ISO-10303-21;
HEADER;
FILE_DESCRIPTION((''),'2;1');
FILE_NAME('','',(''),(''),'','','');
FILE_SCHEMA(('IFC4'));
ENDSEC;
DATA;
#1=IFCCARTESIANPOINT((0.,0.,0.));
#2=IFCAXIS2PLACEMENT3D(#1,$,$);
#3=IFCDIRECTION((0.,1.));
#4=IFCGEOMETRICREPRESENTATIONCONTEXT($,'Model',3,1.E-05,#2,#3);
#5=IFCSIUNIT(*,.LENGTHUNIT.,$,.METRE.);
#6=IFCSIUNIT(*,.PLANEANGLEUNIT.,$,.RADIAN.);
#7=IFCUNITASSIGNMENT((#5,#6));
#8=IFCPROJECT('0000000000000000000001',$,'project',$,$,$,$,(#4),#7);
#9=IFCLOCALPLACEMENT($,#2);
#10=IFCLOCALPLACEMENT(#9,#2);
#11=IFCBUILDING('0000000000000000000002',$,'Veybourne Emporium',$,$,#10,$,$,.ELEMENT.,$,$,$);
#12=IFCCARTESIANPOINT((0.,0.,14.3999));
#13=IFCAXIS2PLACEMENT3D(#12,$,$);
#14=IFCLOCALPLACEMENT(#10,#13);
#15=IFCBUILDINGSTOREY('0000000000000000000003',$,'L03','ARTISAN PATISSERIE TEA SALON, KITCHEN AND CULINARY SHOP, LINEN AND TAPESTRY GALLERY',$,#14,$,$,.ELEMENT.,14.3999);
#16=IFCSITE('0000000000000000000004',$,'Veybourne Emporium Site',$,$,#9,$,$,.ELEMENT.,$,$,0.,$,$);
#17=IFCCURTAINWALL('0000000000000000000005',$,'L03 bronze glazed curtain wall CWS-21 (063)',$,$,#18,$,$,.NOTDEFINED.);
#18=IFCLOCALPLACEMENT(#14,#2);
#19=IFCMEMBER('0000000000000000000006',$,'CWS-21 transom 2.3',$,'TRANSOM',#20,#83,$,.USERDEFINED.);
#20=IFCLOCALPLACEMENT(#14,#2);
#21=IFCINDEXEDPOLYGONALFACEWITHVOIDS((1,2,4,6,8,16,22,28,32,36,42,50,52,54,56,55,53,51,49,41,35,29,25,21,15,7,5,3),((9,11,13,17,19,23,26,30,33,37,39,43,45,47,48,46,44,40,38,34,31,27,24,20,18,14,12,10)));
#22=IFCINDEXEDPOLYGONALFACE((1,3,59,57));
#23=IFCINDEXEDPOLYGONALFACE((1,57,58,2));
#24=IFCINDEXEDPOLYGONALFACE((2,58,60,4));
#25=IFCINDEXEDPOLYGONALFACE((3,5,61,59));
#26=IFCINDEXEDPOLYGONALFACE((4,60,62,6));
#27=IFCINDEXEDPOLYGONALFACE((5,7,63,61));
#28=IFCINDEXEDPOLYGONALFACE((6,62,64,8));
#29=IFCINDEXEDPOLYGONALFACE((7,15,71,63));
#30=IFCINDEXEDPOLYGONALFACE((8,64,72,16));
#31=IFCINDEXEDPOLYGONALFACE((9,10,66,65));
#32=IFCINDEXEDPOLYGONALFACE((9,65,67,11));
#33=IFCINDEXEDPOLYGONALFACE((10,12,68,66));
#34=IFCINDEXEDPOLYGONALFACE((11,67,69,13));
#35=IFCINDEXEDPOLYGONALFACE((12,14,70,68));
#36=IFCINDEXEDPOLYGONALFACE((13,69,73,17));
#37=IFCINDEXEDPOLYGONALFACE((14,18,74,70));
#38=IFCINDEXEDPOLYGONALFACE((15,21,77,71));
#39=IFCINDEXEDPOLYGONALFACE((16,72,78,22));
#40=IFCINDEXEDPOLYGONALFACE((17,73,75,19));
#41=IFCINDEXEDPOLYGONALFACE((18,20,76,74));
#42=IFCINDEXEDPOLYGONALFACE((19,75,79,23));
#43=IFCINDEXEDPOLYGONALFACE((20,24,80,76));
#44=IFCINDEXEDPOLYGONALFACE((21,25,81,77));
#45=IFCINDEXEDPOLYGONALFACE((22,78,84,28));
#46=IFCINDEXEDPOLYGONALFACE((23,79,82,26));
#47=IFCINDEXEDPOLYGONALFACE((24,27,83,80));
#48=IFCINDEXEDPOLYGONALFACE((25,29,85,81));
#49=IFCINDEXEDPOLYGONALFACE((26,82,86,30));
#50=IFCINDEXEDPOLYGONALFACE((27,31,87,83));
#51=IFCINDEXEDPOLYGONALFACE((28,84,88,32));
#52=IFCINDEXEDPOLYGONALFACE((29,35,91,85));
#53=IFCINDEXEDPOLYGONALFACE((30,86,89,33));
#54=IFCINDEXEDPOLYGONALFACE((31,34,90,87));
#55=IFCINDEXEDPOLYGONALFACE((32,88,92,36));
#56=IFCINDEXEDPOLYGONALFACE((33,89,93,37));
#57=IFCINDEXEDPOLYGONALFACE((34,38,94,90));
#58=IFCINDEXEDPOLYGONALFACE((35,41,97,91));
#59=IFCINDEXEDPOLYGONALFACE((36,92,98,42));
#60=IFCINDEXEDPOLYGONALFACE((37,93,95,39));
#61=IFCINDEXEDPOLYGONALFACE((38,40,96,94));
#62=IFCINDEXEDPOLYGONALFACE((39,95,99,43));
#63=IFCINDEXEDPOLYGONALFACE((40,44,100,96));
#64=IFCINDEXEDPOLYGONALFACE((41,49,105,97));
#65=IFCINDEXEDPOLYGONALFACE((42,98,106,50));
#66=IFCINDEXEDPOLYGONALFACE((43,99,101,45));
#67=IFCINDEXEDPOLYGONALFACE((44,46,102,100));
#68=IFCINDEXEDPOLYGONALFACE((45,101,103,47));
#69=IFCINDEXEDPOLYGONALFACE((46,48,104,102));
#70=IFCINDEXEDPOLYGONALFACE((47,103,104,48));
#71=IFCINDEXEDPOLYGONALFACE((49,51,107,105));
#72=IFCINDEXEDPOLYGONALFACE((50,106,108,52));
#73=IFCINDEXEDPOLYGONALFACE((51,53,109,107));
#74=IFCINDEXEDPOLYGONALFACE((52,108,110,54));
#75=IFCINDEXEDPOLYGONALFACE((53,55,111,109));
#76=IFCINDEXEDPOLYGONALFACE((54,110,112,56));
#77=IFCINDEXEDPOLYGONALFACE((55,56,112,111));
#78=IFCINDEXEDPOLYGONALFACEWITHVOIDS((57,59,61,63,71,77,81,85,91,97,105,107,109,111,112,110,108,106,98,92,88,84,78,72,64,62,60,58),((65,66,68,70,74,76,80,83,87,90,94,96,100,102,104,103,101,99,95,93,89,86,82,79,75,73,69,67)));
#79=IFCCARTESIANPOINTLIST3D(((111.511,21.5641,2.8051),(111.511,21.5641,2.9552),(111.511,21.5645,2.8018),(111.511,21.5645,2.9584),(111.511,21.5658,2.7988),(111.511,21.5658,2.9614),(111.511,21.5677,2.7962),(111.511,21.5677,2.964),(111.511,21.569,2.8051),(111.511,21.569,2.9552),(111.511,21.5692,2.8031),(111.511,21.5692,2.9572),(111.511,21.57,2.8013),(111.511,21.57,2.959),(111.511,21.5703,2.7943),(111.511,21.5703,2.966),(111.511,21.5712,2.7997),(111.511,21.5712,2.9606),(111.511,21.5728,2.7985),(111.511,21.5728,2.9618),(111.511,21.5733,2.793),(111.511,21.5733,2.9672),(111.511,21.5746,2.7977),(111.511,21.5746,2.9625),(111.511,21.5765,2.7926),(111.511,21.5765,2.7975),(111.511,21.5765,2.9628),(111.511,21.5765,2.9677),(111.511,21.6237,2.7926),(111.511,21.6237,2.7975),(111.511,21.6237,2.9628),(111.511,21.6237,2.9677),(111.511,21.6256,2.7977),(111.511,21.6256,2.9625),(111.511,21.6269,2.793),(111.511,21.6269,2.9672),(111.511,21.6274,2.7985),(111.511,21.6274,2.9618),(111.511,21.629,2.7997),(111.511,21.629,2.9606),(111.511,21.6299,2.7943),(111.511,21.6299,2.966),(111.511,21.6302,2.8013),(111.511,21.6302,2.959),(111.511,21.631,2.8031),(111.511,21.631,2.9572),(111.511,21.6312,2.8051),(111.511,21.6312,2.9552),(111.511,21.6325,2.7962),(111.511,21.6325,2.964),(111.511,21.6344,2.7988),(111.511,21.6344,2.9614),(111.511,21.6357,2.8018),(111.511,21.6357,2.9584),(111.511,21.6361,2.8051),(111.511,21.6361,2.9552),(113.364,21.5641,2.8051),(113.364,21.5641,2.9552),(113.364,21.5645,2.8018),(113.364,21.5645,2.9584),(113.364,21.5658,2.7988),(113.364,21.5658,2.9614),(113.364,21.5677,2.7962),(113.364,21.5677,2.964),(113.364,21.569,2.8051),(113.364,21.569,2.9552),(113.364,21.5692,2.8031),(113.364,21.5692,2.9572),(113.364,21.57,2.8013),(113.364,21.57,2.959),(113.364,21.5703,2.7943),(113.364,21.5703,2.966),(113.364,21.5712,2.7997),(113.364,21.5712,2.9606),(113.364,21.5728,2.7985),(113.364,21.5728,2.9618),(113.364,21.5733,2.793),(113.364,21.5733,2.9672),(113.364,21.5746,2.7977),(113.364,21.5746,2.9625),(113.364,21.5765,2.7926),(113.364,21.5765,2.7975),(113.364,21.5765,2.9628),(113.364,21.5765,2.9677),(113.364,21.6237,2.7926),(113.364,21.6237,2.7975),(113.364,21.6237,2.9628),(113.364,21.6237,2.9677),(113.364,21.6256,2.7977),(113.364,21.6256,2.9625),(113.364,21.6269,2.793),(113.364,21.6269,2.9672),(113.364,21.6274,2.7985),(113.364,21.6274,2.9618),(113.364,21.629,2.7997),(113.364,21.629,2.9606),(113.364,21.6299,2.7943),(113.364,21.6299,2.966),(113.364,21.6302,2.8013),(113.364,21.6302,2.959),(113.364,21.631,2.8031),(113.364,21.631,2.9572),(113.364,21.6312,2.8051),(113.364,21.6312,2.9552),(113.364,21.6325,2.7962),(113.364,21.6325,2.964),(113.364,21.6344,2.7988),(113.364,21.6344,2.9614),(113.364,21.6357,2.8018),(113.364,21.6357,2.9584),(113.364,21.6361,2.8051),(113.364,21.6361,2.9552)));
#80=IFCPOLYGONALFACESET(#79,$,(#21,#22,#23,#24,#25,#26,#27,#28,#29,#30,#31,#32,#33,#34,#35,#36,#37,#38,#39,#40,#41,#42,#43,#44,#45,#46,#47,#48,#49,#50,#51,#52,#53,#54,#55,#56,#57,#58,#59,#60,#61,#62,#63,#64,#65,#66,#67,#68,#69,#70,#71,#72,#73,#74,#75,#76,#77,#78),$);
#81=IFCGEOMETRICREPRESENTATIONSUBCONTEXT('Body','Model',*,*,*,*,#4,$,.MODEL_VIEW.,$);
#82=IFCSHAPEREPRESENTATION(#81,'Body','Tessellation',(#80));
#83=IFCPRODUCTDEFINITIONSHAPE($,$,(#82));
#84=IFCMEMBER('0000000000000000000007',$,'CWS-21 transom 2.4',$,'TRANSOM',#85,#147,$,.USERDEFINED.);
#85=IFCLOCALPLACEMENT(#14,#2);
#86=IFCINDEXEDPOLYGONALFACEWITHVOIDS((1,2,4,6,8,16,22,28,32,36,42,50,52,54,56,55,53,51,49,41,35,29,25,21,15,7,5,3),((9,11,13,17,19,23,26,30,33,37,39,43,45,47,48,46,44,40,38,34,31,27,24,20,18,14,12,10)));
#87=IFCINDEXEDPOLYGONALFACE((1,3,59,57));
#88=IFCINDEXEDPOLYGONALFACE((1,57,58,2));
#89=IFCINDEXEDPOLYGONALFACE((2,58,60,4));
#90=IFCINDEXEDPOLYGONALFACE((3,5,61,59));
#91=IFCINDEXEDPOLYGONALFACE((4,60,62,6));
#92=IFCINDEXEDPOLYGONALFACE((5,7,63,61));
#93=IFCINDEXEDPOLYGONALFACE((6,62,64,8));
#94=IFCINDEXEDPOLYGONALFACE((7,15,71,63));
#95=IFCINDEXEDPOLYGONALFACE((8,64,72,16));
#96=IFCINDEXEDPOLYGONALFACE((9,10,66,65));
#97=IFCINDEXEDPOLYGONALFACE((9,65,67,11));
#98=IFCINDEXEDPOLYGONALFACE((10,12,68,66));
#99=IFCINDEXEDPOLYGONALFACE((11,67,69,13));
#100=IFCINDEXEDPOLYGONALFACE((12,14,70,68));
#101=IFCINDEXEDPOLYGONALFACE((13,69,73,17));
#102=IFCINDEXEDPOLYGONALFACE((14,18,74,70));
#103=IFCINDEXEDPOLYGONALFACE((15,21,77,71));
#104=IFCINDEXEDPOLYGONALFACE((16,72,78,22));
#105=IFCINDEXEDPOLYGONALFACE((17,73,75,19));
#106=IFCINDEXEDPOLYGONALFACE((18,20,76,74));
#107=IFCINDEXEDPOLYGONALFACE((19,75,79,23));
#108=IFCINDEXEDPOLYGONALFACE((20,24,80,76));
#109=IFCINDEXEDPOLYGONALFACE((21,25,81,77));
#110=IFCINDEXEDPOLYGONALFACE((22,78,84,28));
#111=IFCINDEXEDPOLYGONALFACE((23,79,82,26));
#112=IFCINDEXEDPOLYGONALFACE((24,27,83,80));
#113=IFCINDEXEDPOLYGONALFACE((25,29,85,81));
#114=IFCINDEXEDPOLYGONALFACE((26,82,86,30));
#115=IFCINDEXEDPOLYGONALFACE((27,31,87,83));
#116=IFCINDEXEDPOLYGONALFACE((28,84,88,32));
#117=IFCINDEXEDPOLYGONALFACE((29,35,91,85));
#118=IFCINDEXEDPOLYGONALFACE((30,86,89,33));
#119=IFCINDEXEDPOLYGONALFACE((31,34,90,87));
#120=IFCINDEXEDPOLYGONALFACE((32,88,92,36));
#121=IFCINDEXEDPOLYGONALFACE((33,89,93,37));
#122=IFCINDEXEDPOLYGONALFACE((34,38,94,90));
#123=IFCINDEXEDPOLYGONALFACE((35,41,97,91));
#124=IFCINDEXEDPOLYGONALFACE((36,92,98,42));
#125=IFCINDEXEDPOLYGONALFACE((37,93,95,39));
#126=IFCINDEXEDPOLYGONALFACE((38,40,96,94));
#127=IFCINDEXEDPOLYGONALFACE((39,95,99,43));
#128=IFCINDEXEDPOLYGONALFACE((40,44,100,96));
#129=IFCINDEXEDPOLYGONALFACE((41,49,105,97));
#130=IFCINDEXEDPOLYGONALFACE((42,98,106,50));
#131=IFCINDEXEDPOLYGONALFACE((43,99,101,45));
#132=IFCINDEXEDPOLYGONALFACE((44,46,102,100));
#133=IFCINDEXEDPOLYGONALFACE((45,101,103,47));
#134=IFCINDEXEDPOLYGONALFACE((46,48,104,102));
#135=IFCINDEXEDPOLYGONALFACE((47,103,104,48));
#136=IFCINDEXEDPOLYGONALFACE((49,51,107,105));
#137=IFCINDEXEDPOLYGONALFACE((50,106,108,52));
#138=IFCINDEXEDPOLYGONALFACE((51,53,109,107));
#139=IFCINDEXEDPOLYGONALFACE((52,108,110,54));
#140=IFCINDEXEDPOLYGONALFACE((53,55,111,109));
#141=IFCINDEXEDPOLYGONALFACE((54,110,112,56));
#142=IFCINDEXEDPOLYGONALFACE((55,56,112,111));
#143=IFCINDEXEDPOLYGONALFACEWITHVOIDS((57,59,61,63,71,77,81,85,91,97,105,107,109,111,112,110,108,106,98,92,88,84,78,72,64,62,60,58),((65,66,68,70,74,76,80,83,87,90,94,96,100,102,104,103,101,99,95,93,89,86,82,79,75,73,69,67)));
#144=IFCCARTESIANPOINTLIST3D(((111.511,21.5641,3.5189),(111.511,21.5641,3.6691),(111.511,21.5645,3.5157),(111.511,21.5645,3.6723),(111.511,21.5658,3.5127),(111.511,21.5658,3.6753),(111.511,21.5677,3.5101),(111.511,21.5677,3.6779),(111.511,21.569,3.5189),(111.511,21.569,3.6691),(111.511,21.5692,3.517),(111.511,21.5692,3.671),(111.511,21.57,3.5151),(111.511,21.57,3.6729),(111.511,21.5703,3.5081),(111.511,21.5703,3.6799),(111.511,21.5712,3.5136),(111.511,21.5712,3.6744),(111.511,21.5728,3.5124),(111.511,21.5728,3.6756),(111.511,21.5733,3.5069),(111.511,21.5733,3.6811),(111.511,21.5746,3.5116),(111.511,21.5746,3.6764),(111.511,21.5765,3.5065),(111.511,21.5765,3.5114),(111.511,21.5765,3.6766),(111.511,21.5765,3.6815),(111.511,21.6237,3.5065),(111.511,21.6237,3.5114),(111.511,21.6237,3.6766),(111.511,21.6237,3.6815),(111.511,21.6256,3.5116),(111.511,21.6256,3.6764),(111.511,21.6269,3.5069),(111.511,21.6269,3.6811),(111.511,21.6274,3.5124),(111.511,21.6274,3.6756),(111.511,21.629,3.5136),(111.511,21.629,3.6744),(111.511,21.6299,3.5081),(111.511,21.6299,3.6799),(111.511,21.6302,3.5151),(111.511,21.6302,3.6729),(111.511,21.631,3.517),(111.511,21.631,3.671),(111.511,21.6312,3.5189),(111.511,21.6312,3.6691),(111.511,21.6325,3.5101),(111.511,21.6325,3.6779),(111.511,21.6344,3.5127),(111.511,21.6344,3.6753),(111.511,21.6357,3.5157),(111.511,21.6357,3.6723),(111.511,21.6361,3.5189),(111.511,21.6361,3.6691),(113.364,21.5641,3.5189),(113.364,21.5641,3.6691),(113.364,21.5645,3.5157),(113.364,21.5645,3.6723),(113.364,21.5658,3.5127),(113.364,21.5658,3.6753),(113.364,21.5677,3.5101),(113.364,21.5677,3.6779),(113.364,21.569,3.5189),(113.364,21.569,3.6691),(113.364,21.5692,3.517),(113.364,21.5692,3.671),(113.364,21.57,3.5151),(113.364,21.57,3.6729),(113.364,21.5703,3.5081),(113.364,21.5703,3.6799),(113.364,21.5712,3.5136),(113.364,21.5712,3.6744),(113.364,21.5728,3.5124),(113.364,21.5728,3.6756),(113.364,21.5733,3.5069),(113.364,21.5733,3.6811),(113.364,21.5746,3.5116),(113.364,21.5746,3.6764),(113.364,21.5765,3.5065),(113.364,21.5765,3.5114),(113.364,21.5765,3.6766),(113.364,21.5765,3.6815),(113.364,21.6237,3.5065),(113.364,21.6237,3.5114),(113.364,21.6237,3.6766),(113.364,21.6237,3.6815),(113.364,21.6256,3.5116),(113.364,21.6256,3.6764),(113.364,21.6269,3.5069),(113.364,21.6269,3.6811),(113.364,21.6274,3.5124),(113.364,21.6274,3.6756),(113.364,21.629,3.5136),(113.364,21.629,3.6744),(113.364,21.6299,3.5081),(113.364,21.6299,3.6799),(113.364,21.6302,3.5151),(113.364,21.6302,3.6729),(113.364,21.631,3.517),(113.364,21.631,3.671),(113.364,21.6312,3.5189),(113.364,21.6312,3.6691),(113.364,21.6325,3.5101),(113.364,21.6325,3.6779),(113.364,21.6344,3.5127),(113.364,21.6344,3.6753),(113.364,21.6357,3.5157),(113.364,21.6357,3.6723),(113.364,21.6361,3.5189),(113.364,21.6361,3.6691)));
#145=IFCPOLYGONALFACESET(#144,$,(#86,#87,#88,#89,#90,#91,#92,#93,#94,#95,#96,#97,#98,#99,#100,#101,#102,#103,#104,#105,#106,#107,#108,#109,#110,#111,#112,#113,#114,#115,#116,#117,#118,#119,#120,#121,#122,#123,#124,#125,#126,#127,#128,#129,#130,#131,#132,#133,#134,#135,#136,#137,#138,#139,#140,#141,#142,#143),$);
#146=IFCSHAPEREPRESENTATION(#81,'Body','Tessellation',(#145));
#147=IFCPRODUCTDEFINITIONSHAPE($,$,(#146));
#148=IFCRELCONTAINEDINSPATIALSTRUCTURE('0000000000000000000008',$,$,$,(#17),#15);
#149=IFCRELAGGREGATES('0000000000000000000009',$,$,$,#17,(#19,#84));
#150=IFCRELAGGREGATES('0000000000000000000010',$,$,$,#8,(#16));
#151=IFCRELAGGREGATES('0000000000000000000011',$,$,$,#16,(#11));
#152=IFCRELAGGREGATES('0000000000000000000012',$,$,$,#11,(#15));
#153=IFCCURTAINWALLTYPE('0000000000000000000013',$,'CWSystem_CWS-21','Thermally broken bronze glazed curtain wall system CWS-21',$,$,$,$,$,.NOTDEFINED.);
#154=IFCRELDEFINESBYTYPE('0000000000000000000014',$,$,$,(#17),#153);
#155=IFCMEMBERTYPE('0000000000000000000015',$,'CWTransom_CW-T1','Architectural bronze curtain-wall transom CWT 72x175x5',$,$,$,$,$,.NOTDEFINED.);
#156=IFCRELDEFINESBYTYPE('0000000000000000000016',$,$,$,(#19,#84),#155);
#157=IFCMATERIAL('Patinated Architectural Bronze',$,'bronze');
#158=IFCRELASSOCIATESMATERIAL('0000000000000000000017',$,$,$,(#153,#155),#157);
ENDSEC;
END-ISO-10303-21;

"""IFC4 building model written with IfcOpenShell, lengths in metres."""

from ifc_helpers import new_model, si_unit, direction, frame, origin, origin_2d, place, context, subcontext, project, spatial, hollow_rectangle, extrude, material, material_profile, profile_set, type_object, element, aggregate, save


model = new_model("IFC4")

# Units and contexts
model_context = context("Model", 3, precision=1e-05, world=origin(), true_north=direction((0.0, 1.0)))
body_context = subcontext(model_context, "Body", "Model", "MODEL_VIEW")
ifc_project = project(units=[si_unit("LENGTHUNIT", "METRE"), si_unit("PLANEANGLEUNIT", "RADIAN")], contexts=[model_context])

# Site, building, storey
site_placement = place(None, origin())
site = spatial("IfcSite", under=ifc_project, at=site_placement, Name="Veybourne Emporium Site", CompositionType="ELEMENT", RefElevation=0.0)
building_placement = place(site_placement, origin())
building = spatial("IfcBuilding", under=site, at=building_placement, Name="Veybourne Emporium", CompositionType="ELEMENT")
storey_placement = place(building_placement, frame((0.0, 0.0, 14.3999)))
storey = spatial("IfcBuildingStorey", under=building, at=storey_placement, Name="L03", Description="ARTISAN PATISSERIE TEA SALON, KITCHEN AND CULINARY SHOP, LINEN AND TAPESTRY GALLERY", CompositionType="ELEMENT", Elevation=14.3999)

# Curtain wall, members
ifc_material_1 = material(Name="Patinated Architectural Bronze", Category="bronze")
curtain_wall_type = type_object("IfcCurtainWallType", Name="CWSystem_CWS-21", Description="Thermally broken bronze glazed curtain wall system CWS-21", PredefinedType="NOTDEFINED", material=ifc_material_1)
curtain_wall_placement = place(storey_placement, origin())
curtain_wall = element("IfcCurtainWall", 1, at=curtain_wall_placement, inside=storey, type_object=curtain_wall_type, Name="L03 bronze glazed curtain wall CWS-21 (063)", PredefinedType="NOTDEFINED")
ifc_material_profile_1 = material_profile(ifc_material_1, hollow_rectangle(XDim=0.072, YDim=0.175, WallThickness=0.0049, InnerFilletRadius=0.0076, OuterFilletRadius=0.0125, at=origin_2d()), Name="CWT 72x175x5")
ifc_profile_set_1 = profile_set([ifc_material_profile_1], Name="Patinated Architectural Bronze")
member_type_1 = type_object("IfcMemberType", Name="CWTransom_CW-T1", Description="Architectural bronze curtain-wall transom CWT 72x175x5", PredefinedType="NOTDEFINED", material=ifc_profile_set_1)
member_1_placement = place(storey_placement, frame((111.511, 21.6001, 2.8801), z_axis=(1.0, 0.0, 0.0), x_axis=(0.0, 1.0, 0.0)))
member_1 = element("IfcMember", 2, at=member_1_placement, type_object=member_type_1, Name="CWS-21 transom 2.3", ObjectType="TRANSOM", PredefinedType="USERDEFINED", context=body_context, shape_type="SweptSolid", body=[
    extrude(hollow_rectangle(XDim=0.072, YDim=0.175, WallThickness=0.0049, InnerFilletRadius=0.0076, OuterFilletRadius=0.0125, at=origin_2d()), origin(), (0.0, 0.0, 1.0), 1.853),
])
member_2_placement = place(storey_placement, frame((111.511, 21.6001, 3.594), z_axis=(1.0, 0.0, 0.0), x_axis=(0.0, 1.0, 0.0)))
member_2 = element("IfcMember", 3, at=member_2_placement, type_object=member_type_1, Name="CWS-21 transom 2.4", ObjectType="TRANSOM", PredefinedType="USERDEFINED", context=body_context, shape_type="SweptSolid", body=[
    extrude(hollow_rectangle(XDim=0.072, YDim=0.175, WallThickness=0.0049, InnerFilletRadius=0.0076, OuterFilletRadius=0.0125, at=origin_2d()), origin(), (0.0, 0.0, 1.0), 1.853),
])
aggregate(curtain_wall, [member_1, member_2])

save(model, "model.ifc")
